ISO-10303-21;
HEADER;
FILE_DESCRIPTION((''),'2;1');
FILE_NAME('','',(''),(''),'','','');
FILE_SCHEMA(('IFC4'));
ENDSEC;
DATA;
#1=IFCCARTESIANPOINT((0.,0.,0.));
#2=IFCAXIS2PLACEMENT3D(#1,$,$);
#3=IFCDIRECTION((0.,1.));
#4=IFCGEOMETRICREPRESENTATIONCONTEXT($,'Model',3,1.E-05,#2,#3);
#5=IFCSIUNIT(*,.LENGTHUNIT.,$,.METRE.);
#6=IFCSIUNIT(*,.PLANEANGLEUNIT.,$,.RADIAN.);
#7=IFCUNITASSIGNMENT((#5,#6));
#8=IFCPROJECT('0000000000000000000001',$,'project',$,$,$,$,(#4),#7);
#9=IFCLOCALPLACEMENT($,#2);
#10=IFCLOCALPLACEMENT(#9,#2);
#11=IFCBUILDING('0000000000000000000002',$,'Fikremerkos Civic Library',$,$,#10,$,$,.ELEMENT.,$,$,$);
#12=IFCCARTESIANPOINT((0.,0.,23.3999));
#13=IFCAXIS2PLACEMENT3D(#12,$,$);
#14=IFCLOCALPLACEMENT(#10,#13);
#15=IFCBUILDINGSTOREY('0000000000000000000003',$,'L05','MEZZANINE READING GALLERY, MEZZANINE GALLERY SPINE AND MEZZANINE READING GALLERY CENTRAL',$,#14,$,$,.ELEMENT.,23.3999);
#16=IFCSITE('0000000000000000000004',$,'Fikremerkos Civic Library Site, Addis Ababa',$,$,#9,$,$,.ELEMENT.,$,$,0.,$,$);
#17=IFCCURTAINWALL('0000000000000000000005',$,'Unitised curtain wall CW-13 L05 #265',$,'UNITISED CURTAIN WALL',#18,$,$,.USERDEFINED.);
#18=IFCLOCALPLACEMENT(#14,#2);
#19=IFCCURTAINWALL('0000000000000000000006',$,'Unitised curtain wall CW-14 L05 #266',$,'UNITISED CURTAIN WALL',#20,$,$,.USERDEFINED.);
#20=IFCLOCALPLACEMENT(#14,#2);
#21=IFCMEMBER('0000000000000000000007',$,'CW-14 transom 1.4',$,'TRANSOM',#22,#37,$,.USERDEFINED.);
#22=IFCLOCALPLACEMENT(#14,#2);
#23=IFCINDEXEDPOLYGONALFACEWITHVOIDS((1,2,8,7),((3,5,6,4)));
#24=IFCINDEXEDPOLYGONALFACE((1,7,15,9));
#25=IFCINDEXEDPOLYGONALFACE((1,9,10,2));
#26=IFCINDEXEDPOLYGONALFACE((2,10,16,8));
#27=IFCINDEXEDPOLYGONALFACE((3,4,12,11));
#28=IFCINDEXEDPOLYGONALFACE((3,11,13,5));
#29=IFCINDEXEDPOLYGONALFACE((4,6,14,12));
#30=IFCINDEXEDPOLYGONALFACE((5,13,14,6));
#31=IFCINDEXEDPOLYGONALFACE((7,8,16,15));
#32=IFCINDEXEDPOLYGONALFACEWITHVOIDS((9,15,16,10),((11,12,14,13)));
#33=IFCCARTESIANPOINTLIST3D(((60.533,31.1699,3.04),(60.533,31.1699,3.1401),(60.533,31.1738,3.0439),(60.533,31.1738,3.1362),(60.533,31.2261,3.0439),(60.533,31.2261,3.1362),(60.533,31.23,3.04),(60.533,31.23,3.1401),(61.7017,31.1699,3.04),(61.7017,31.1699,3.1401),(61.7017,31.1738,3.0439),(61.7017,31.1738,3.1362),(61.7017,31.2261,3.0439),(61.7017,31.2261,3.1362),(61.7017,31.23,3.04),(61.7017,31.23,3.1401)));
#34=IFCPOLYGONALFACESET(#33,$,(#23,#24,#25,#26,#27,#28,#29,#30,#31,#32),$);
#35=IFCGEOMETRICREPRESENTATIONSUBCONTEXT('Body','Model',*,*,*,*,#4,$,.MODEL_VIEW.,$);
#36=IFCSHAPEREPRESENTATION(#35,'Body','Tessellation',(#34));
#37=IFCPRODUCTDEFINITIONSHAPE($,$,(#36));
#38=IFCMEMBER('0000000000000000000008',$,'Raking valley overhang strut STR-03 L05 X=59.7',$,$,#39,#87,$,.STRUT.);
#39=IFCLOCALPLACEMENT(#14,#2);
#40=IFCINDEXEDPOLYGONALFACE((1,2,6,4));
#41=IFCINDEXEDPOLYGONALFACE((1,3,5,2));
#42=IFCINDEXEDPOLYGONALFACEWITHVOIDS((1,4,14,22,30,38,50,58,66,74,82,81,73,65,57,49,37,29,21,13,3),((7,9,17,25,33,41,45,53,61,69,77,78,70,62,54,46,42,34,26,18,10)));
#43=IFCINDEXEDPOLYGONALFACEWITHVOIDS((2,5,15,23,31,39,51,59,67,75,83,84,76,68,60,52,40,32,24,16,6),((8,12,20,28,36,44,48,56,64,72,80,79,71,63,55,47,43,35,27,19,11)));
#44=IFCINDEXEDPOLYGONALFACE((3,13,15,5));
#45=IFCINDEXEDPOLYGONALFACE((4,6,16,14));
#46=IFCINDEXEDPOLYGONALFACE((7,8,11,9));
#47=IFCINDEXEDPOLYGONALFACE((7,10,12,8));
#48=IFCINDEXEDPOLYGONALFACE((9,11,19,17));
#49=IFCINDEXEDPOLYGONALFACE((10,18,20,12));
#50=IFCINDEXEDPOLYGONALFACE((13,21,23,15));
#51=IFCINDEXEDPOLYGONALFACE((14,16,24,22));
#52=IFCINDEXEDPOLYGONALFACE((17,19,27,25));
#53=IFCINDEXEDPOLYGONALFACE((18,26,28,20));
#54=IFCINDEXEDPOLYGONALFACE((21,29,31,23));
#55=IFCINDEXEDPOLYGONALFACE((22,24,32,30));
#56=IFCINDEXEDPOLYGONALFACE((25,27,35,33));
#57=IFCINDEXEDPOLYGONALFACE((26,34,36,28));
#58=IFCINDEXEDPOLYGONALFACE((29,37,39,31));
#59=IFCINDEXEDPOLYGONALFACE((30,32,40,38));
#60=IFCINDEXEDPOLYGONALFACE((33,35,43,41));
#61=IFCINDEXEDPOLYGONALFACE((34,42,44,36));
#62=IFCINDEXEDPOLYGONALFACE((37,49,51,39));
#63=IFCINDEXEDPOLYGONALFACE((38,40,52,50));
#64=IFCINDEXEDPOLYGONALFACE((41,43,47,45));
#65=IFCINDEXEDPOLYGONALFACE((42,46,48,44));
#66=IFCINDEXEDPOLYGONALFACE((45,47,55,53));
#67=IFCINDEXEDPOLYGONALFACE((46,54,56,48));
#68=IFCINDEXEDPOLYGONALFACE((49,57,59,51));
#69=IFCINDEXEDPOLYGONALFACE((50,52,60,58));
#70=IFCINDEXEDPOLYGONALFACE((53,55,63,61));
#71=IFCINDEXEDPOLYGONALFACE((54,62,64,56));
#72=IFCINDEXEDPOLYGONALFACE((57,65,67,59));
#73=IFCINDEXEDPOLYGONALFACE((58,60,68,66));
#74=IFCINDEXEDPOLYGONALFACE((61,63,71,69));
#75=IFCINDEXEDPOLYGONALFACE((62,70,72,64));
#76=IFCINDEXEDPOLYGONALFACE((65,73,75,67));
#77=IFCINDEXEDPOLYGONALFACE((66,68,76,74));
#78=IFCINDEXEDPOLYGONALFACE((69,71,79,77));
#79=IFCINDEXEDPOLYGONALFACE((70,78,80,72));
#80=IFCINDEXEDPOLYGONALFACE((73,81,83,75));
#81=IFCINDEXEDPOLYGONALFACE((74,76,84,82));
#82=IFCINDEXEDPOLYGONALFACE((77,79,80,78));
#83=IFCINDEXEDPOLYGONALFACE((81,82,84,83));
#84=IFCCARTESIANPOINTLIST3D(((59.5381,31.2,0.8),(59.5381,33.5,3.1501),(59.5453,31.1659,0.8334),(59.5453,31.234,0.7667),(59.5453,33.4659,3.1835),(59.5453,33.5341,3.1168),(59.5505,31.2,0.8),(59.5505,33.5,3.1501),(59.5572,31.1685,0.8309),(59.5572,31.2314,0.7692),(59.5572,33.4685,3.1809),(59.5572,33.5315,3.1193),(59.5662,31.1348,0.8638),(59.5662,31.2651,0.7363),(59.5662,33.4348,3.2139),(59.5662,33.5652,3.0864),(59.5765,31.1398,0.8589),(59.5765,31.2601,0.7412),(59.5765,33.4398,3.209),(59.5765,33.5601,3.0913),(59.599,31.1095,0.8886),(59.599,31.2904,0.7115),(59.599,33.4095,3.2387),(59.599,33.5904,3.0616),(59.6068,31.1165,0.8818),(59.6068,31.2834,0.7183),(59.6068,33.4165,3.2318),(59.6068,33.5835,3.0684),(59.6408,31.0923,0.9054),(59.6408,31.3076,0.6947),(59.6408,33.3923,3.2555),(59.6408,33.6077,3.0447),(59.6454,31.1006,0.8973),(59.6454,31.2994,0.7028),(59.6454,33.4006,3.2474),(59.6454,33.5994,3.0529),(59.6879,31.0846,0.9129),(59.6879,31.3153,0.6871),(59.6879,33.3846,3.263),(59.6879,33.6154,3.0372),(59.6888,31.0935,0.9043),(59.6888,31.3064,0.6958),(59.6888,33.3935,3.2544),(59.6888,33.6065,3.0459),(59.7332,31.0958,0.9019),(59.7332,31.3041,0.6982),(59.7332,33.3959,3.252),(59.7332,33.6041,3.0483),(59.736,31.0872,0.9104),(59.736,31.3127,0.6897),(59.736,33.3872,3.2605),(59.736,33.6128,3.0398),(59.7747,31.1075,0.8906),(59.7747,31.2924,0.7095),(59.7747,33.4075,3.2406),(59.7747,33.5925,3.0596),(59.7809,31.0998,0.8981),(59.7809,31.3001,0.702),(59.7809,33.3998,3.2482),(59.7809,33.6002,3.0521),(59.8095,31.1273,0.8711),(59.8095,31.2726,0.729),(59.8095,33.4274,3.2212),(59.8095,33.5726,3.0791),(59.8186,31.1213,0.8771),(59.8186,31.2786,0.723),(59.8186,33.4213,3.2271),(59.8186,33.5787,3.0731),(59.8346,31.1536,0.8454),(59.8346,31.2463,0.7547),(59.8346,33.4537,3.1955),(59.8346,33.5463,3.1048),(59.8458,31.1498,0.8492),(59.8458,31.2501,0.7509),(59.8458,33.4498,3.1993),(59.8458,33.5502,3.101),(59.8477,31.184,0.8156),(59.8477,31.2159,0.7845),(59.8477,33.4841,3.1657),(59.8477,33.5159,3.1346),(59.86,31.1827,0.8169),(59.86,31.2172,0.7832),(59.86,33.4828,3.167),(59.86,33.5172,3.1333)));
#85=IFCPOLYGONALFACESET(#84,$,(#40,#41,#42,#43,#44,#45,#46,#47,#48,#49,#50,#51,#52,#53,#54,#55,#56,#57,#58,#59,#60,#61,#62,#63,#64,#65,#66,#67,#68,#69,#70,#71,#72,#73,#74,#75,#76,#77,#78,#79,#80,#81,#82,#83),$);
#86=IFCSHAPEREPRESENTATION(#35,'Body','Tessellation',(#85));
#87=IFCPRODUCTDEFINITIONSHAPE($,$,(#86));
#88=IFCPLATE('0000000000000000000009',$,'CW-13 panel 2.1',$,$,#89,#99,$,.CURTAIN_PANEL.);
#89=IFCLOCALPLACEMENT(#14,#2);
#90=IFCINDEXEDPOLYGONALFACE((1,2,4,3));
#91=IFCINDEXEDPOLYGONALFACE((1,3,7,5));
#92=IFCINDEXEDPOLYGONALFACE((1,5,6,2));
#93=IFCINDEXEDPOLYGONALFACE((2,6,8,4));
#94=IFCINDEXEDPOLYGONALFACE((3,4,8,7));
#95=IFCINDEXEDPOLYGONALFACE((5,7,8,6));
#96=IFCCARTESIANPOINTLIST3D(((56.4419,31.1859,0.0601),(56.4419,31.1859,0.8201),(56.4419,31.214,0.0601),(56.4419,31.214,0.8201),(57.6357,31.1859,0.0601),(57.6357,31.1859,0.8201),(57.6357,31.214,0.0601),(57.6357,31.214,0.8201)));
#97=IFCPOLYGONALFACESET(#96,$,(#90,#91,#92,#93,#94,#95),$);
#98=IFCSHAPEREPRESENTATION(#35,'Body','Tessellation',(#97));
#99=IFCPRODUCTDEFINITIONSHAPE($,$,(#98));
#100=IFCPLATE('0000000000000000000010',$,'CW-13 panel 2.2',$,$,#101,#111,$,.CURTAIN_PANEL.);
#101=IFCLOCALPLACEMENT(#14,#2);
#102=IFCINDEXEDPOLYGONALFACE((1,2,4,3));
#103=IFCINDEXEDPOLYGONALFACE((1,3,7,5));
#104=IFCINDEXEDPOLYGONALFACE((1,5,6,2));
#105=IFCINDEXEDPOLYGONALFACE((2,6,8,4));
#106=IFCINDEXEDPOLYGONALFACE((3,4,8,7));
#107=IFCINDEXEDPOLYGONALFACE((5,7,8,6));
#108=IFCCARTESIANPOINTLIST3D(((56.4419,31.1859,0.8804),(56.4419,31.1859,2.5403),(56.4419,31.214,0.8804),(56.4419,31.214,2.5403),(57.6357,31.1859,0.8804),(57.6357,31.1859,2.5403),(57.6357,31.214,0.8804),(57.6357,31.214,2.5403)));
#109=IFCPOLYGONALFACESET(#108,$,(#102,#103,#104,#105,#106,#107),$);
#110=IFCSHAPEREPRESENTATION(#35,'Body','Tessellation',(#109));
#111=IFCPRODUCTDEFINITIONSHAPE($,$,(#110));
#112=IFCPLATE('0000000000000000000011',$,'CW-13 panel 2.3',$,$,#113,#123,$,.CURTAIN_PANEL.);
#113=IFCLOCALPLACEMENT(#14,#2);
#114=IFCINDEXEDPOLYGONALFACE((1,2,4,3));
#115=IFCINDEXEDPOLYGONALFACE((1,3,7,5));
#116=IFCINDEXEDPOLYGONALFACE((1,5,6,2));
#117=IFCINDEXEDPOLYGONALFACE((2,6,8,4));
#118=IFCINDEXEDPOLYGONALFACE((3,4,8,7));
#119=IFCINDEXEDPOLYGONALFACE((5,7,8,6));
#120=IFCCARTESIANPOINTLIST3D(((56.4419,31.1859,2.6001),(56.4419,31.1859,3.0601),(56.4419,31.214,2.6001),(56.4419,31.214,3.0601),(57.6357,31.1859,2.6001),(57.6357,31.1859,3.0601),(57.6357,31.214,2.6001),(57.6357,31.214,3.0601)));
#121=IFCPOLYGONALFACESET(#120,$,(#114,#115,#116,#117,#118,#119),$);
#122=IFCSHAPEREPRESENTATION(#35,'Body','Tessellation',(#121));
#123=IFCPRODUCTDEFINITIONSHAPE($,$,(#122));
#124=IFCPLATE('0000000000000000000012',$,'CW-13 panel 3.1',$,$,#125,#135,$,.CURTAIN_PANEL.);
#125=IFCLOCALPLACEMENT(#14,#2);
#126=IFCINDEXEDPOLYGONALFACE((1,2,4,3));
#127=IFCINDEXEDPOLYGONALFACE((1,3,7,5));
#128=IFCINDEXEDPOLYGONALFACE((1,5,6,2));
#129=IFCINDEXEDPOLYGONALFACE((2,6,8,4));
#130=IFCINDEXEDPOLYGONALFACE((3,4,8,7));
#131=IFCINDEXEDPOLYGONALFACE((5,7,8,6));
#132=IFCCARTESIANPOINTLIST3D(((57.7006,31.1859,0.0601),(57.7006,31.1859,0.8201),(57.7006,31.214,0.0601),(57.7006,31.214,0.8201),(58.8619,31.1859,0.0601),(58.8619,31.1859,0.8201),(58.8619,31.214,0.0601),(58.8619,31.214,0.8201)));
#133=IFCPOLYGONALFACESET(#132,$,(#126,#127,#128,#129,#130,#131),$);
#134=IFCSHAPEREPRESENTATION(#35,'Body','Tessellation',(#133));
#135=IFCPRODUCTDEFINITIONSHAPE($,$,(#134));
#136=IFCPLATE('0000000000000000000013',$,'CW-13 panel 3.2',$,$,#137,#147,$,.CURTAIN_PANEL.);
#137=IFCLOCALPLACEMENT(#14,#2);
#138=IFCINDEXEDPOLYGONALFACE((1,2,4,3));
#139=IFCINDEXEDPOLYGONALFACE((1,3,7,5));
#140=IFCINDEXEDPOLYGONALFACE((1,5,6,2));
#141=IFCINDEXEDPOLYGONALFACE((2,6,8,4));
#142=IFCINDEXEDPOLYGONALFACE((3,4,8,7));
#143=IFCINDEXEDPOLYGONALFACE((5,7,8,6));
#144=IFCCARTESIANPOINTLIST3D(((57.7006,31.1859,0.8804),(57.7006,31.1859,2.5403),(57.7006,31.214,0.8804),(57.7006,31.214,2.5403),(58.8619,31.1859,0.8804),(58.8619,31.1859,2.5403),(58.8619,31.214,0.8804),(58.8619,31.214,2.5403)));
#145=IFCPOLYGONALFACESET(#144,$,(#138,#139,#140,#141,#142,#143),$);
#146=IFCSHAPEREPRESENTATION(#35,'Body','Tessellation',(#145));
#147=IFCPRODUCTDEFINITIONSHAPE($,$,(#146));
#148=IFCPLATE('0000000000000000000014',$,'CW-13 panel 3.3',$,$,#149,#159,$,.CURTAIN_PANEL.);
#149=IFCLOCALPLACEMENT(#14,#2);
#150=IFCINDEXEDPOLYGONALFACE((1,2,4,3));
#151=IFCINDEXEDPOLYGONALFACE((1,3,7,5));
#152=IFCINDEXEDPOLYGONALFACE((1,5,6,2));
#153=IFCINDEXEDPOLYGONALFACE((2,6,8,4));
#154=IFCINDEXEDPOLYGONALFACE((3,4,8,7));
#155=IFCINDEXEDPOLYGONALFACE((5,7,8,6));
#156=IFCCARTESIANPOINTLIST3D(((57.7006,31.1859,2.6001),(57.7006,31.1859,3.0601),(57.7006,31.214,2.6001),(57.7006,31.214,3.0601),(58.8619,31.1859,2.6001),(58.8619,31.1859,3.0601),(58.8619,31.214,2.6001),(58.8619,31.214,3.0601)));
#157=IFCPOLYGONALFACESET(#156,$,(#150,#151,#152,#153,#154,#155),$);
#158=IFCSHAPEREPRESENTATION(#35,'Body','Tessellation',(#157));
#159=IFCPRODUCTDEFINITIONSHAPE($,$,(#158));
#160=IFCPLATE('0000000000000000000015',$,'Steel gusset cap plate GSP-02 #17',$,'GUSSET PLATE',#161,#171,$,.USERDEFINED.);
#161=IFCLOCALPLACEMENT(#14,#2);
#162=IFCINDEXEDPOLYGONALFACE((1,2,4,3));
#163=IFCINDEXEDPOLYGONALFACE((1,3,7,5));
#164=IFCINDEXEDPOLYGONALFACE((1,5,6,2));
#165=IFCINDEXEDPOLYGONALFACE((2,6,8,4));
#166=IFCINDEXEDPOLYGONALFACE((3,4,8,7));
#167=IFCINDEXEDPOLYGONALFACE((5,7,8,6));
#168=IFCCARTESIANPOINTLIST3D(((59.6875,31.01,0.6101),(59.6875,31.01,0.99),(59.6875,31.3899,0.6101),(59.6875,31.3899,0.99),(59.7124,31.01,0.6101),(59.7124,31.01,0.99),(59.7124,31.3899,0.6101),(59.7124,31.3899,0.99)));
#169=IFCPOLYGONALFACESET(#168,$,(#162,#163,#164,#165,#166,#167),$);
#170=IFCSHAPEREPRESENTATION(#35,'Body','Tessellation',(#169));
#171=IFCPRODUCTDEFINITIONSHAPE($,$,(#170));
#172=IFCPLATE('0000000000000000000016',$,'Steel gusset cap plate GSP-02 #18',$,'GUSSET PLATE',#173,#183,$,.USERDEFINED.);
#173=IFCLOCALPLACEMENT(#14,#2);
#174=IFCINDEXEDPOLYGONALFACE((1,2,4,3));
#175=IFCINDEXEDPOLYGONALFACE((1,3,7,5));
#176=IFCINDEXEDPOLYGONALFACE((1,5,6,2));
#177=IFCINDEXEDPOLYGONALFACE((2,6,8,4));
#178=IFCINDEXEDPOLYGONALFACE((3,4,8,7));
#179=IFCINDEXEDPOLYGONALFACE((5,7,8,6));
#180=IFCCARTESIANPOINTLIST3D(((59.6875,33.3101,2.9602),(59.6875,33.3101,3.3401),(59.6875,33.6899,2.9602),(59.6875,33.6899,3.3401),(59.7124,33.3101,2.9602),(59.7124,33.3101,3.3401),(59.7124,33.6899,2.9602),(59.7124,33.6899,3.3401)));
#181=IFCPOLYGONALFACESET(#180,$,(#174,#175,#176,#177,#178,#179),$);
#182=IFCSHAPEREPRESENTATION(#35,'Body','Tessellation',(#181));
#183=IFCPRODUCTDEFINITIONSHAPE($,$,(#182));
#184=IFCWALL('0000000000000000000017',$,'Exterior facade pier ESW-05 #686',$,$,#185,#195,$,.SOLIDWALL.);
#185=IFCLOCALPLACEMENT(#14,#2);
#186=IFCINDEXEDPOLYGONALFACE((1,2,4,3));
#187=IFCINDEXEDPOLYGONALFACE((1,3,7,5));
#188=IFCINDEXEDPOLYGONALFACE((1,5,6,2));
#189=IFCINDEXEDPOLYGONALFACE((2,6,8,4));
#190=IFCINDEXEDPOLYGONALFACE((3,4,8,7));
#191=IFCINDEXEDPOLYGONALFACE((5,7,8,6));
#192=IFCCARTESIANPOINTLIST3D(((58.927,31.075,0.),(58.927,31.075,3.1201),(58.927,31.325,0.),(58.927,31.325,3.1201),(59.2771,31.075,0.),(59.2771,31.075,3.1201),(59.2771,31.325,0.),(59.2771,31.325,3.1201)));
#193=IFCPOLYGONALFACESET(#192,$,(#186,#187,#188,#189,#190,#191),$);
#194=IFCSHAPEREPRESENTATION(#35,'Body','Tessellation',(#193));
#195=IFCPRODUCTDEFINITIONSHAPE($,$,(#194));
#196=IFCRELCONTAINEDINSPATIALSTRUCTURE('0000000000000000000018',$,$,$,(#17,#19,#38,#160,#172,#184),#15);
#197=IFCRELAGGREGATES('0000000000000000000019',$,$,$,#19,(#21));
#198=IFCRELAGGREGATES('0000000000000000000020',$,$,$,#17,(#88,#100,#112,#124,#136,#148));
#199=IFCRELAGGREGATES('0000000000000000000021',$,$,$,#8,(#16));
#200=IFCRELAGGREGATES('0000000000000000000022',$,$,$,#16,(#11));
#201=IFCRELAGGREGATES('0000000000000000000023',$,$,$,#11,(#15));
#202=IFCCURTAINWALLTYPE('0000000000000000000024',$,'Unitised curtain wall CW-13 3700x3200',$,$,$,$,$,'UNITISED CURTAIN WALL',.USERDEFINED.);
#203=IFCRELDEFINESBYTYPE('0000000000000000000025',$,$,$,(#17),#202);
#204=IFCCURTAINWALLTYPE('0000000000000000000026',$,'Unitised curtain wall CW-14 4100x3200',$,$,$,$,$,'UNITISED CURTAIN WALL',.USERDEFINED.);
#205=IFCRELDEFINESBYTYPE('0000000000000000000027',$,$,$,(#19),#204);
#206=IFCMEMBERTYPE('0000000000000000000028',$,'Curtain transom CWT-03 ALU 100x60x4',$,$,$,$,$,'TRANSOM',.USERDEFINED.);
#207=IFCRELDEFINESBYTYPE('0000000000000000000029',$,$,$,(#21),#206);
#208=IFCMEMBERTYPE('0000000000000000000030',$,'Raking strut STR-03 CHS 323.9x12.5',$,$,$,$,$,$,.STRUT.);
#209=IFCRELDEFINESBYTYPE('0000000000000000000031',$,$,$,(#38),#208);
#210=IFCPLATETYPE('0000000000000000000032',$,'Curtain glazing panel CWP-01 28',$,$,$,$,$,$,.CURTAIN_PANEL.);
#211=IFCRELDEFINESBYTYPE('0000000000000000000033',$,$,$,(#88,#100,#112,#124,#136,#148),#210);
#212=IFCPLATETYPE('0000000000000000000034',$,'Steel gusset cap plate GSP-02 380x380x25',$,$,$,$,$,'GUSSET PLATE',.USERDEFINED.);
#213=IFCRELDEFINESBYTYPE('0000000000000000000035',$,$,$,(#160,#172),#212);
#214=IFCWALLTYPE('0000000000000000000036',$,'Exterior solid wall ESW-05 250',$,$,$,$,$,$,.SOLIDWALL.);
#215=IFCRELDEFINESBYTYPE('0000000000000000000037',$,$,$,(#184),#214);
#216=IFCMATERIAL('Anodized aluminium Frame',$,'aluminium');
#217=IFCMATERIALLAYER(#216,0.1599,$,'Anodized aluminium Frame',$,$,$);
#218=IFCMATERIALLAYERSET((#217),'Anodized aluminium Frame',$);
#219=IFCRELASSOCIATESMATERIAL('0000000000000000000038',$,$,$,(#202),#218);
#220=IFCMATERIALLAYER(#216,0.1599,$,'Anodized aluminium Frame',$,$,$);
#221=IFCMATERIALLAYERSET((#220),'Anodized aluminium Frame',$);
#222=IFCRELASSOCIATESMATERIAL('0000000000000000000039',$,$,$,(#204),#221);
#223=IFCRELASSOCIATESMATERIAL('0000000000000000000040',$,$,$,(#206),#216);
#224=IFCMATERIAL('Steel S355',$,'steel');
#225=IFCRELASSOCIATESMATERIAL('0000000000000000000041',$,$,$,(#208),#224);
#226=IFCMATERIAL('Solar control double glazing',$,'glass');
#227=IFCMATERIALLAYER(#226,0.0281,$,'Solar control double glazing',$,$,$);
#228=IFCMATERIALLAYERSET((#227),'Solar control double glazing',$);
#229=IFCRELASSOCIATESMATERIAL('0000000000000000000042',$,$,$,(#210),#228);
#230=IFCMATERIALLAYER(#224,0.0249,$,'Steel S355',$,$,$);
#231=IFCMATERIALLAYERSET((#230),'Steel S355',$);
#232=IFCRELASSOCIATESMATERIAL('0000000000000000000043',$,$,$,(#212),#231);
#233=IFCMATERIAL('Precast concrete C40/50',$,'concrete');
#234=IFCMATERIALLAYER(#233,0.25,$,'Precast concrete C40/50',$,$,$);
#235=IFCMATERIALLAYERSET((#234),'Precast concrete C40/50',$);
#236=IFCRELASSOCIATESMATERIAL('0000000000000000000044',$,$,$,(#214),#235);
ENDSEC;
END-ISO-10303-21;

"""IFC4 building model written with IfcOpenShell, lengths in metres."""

from ifc_helpers import new_model, si_unit, direction, frame, frame_2d, origin, origin_2d, place, context, subcontext, project, spatial, rectangle, hollow_rectangle, hollow_circle, extrude, material, layer, layer_set, material_profile, profile_set, type_object, element, aggregate, save


model = new_model("IFC4")

# Units and contexts
model_context = context("Model", 3, precision=1e-05, world=origin(), true_north=direction((0.0, 1.0)))
body_context = subcontext(model_context, "Body", "Model", "MODEL_VIEW")
ifc_project = project(units=[si_unit("LENGTHUNIT", "METRE"), si_unit("PLANEANGLEUNIT", "RADIAN")], contexts=[model_context])

# Site, building, storey
site_placement = place(None, origin())
site = spatial("IfcSite", under=ifc_project, at=site_placement, Name="Fikremerkos Civic Library Site, Addis Ababa", CompositionType="ELEMENT", RefElevation=0.0)
building_placement = place(site_placement, origin())
building = spatial("IfcBuilding", under=site, at=building_placement, Name="Fikremerkos Civic Library", CompositionType="ELEMENT")
storey_placement = place(building_placement, frame((0.0, 0.0, 23.3999)))
storey = spatial("IfcBuildingStorey", under=building, at=storey_placement, Name="L05", Description="MEZZANINE READING GALLERY, MEZZANINE GALLERY SPINE AND MEZZANINE READING GALLERY CENTRAL", CompositionType="ELEMENT", Elevation=23.3999)

# Curtain wall
ifc_material_1 = material(Name="Anodized aluminium Frame", Category="aluminium")
ifc_layer_1 = layer(ifc_material_1, 0.1599, Name="Anodized aluminium Frame")
ifc_layer_set_1 = layer_set([ifc_layer_1], Name="Anodized aluminium Frame")
curtain_wall_type_1 = type_object("IfcCurtainWallType", Name="Unitised curtain wall CW-13 3700x3200", ElementType="UNITISED CURTAIN WALL", PredefinedType="USERDEFINED", material=ifc_layer_set_1)
curtain_wall_1_placement = place(storey_placement, origin())
curtain_wall_1 = element("IfcCurtainWall", 1, at=curtain_wall_1_placement, inside=storey, type_object=curtain_wall_type_1, Name="Unitised curtain wall CW-13 L05 #265", ObjectType="UNITISED CURTAIN WALL", PredefinedType="USERDEFINED")

# Curtain wall
ifc_layer_2 = layer(ifc_material_1, 0.1599, Name="Anodized aluminium Frame")
ifc_layer_set_2 = layer_set([ifc_layer_2], Name="Anodized aluminium Frame")
curtain_wall_type_2 = type_object("IfcCurtainWallType", Name="Unitised curtain wall CW-14 4100x3200", ElementType="UNITISED CURTAIN WALL", PredefinedType="USERDEFINED", material=ifc_layer_set_2)
curtain_wall_2_placement = place(storey_placement, origin())
curtain_wall_2 = element("IfcCurtainWall", 2, at=curtain_wall_2_placement, inside=storey, type_object=curtain_wall_type_2, Name="Unitised curtain wall CW-14 L05 #266", ObjectType="UNITISED CURTAIN WALL", PredefinedType="USERDEFINED")

# Members
ifc_material_profile_1 = material_profile(ifc_material_1, hollow_rectangle(XDim=0.0601, YDim=0.1001, WallThickness=0.0039, at=origin_2d()), Name="ALU 100x60x4")
ifc_profile_set_1 = profile_set([ifc_material_profile_1], Name="Anodized aluminium Frame")
member_type_1 = type_object("IfcMemberType", Name="Curtain transom CWT-03 ALU 100x60x4", ElementType="TRANSOM", PredefinedType="USERDEFINED", material=ifc_profile_set_1)
member_1_placement = place(storey_placement, frame((60.533, 31.2, 3.0901), z_axis=(1.0, 0.0, 0.0), x_axis=(0.0, 1.0, 0.0)))
member_1 = element("IfcMember", 3, at=member_1_placement, type_object=member_type_1, Name="CW-14 transom 1.4", ObjectType="TRANSOM", PredefinedType="USERDEFINED", context=body_context, shape_type="SweptSolid", body=[
    extrude(hollow_rectangle(XDim=0.0601, YDim=0.1001, WallThickness=0.0039, at=origin_2d()), origin(), (0.0, 0.0, 1.0), 1.1687),
])
aggregate(curtain_wall_2, [member_1])
ifc_material_2 = material(Name="Steel S355", Category="steel")
ifc_material_profile_2 = material_profile(ifc_material_2, hollow_circle(Radius=0.1619, WallThickness=0.0125, at=origin_2d()), Name="CHS 323.9x12.5")
ifc_profile_set_2 = profile_set([ifc_material_profile_2], Name="Steel S355")
member_type_2 = type_object("IfcMemberType", Name="Raking strut STR-03 CHS 323.9x12.5", PredefinedType="STRUT", material=ifc_profile_set_2)
member_2_placement = place(storey_placement, frame((59.7, 31.2, 0.8), z_axis=(0.0, 0.699456, 0.714676), x_axis=(-1.0, 0.0, 0.0)))
element("IfcMember", 4, at=member_2_placement, inside=storey, type_object=member_type_2, Name="Raking valley overhang strut STR-03 L05 X=59.7", PredefinedType="STRUT", context=body_context, shape_type="SweptSolid", body=[
    extrude(hollow_circle(Radius=0.1619, WallThickness=0.0125, at=origin_2d()), origin(), (0.0, 0.0, 1.0), 3.2883),
])

# Plates
ifc_material_3 = material(Name="Solar control double glazing", Category="glass")
ifc_layer_3 = layer(ifc_material_3, 0.0281, Name="Solar control double glazing")
ifc_layer_set_3 = layer_set([ifc_layer_3], Name="Solar control double glazing")
plate_type_1 = type_object("IfcPlateType", Name="Curtain glazing panel CWP-01 28", PredefinedType="CURTAIN_PANEL", material=ifc_layer_set_3)
plate_1_placement = place(storey_placement, frame((57.0388, 31.2, 0.0601), z_axis=(0.0, 0.0, 1.0), x_axis=(1.0, 0.0, 0.0)))
plate_1 = element("IfcPlate", 5, at=plate_1_placement, type_object=plate_type_1, Name="CW-13 panel 2.1", PredefinedType="CURTAIN_PANEL", context=body_context, shape_type="SweptSolid", body=[
    extrude(rectangle(XDim=1.1938, YDim=0.0281, at=origin_2d()), origin(), (0.0, 0.0, 1.0), 0.76),
])
plate_2_placement = place(storey_placement, frame((57.0388, 31.2, 0.8804), z_axis=(0.0, 0.0, 1.0), x_axis=(1.0, 0.0, 0.0)))
plate_2 = element("IfcPlate", 6, at=plate_2_placement, type_object=plate_type_1, Name="CW-13 panel 2.2", PredefinedType="CURTAIN_PANEL", context=body_context, shape_type="SweptSolid", body=[
    extrude(rectangle(XDim=1.1938, YDim=0.0281, at=origin_2d()), origin(), (0.0, 0.0, 1.0), 1.6599),
])
plate_3_placement = place(storey_placement, frame((57.0388, 31.2, 2.6001), z_axis=(0.0, 0.0, 1.0), x_axis=(1.0, 0.0, 0.0)))
plate_3 = element("IfcPlate", 7, at=plate_3_placement, type_object=plate_type_1, Name="CW-13 panel 2.3", PredefinedType="CURTAIN_PANEL", context=body_context, shape_type="SweptSolid", body=[
    extrude(rectangle(XDim=1.1938, YDim=0.0281, at=origin_2d()), origin(), (0.0, 0.0, 1.0), 0.46),
])
plate_4_placement = place(storey_placement, frame((58.2812, 31.2, 0.0601), z_axis=(0.0, 0.0, 1.0), x_axis=(1.0, 0.0, 0.0)))
plate_4 = element("IfcPlate", 8, at=plate_4_placement, type_object=plate_type_1, Name="CW-13 panel 3.1", PredefinedType="CURTAIN_PANEL", context=body_context, shape_type="SweptSolid", body=[
    extrude(rectangle(XDim=1.1614, YDim=0.0281, at=origin_2d()), origin(), (0.0, 0.0, 1.0), 0.76),
])
plate_5_placement = place(storey_placement, frame((58.2812, 31.2, 0.8804), z_axis=(0.0, 0.0, 1.0), x_axis=(1.0, 0.0, 0.0)))
plate_5 = element("IfcPlate", 9, at=plate_5_placement, type_object=plate_type_1, Name="CW-13 panel 3.2", PredefinedType="CURTAIN_PANEL", context=body_context, shape_type="SweptSolid", body=[
    extrude(rectangle(XDim=1.1614, YDim=0.0281, at=origin_2d()), origin(), (0.0, 0.0, 1.0), 1.6599),
])
plate_6_placement = place(storey_placement, frame((58.2812, 31.2, 2.6001), z_axis=(0.0, 0.0, 1.0), x_axis=(1.0, 0.0, 0.0)))
plate_6 = element("IfcPlate", 10, at=plate_6_placement, type_object=plate_type_1, Name="CW-13 panel 3.3", PredefinedType="CURTAIN_PANEL", context=body_context, shape_type="SweptSolid", body=[
    extrude(rectangle(XDim=1.1614, YDim=0.0281, at=origin_2d()), origin(), (0.0, 0.0, 1.0), 0.46),
])
aggregate(curtain_wall_1, [plate_1, plate_2, plate_3, plate_4, plate_5, plate_6])

# Plates
ifc_layer_4 = layer(ifc_material_2, 0.0249, Name="Steel S355")
ifc_layer_set_4 = layer_set([ifc_layer_4], Name="Steel S355")
plate_type_2 = type_object("IfcPlateType", Name="Steel gusset cap plate GSP-02 380x380x25", ElementType="GUSSET PLATE", PredefinedType="USERDEFINED", material=ifc_layer_set_4)
for number, where, z_axis, x_axis, name in (
    (11, (59.7, 31.2, 0.6101), (0.0, 0.0, 1.0), (1.0, 0.0, 0.0), "Steel gusset cap plate GSP-02 #17"),
    (12, (59.7, 33.5, 2.9602), (0.0, 0.0, 1.0), (1.0, 0.0, 0.0), "Steel gusset cap plate GSP-02 #18"),
):
    element("IfcPlate", number, at=place(storey_placement, frame(where, z_axis=z_axis, x_axis=x_axis)), inside=storey, type_object=plate_type_2, Name=name, ObjectType="GUSSET PLATE", PredefinedType="USERDEFINED", context=body_context, shape_type="SweptSolid", body=[
        extrude(rectangle(XDim=0.0249, YDim=0.3799, at=origin_2d()), origin(), (0.0, 0.0, 1.0), 0.3799),
    ])

# Wall
ifc_material_4 = material(Name="Precast concrete C40/50", Category="concrete")
ifc_layer_5 = layer(ifc_material_4, 0.25, Name="Precast concrete C40/50")
ifc_layer_set_5 = layer_set([ifc_layer_5], Name="Precast concrete C40/50")
wall_type = type_object("IfcWallType", Name="Exterior solid wall ESW-05 250", PredefinedType="SOLIDWALL", material=ifc_layer_set_5)
wall_1_placement = place(storey_placement, frame((58.927, 31.2, 0.0), z_axis=(0.0, 0.0, 1.0), x_axis=(1.0, 0.0, 0.0)))
element("IfcWall", 13, at=wall_1_placement, inside=storey, type_object=wall_type, Name="Exterior facade pier ESW-05 #686", PredefinedType="SOLIDWALL", context=body_context, shape_type="SweptSolid", body=[
    extrude(rectangle(XDim=0.3501, YDim=0.25, at=frame_2d((0.175, 0.0))), origin(), (0.0, 0.0, 1.0), 3.1201),
])

save(model, "model.ifc")
